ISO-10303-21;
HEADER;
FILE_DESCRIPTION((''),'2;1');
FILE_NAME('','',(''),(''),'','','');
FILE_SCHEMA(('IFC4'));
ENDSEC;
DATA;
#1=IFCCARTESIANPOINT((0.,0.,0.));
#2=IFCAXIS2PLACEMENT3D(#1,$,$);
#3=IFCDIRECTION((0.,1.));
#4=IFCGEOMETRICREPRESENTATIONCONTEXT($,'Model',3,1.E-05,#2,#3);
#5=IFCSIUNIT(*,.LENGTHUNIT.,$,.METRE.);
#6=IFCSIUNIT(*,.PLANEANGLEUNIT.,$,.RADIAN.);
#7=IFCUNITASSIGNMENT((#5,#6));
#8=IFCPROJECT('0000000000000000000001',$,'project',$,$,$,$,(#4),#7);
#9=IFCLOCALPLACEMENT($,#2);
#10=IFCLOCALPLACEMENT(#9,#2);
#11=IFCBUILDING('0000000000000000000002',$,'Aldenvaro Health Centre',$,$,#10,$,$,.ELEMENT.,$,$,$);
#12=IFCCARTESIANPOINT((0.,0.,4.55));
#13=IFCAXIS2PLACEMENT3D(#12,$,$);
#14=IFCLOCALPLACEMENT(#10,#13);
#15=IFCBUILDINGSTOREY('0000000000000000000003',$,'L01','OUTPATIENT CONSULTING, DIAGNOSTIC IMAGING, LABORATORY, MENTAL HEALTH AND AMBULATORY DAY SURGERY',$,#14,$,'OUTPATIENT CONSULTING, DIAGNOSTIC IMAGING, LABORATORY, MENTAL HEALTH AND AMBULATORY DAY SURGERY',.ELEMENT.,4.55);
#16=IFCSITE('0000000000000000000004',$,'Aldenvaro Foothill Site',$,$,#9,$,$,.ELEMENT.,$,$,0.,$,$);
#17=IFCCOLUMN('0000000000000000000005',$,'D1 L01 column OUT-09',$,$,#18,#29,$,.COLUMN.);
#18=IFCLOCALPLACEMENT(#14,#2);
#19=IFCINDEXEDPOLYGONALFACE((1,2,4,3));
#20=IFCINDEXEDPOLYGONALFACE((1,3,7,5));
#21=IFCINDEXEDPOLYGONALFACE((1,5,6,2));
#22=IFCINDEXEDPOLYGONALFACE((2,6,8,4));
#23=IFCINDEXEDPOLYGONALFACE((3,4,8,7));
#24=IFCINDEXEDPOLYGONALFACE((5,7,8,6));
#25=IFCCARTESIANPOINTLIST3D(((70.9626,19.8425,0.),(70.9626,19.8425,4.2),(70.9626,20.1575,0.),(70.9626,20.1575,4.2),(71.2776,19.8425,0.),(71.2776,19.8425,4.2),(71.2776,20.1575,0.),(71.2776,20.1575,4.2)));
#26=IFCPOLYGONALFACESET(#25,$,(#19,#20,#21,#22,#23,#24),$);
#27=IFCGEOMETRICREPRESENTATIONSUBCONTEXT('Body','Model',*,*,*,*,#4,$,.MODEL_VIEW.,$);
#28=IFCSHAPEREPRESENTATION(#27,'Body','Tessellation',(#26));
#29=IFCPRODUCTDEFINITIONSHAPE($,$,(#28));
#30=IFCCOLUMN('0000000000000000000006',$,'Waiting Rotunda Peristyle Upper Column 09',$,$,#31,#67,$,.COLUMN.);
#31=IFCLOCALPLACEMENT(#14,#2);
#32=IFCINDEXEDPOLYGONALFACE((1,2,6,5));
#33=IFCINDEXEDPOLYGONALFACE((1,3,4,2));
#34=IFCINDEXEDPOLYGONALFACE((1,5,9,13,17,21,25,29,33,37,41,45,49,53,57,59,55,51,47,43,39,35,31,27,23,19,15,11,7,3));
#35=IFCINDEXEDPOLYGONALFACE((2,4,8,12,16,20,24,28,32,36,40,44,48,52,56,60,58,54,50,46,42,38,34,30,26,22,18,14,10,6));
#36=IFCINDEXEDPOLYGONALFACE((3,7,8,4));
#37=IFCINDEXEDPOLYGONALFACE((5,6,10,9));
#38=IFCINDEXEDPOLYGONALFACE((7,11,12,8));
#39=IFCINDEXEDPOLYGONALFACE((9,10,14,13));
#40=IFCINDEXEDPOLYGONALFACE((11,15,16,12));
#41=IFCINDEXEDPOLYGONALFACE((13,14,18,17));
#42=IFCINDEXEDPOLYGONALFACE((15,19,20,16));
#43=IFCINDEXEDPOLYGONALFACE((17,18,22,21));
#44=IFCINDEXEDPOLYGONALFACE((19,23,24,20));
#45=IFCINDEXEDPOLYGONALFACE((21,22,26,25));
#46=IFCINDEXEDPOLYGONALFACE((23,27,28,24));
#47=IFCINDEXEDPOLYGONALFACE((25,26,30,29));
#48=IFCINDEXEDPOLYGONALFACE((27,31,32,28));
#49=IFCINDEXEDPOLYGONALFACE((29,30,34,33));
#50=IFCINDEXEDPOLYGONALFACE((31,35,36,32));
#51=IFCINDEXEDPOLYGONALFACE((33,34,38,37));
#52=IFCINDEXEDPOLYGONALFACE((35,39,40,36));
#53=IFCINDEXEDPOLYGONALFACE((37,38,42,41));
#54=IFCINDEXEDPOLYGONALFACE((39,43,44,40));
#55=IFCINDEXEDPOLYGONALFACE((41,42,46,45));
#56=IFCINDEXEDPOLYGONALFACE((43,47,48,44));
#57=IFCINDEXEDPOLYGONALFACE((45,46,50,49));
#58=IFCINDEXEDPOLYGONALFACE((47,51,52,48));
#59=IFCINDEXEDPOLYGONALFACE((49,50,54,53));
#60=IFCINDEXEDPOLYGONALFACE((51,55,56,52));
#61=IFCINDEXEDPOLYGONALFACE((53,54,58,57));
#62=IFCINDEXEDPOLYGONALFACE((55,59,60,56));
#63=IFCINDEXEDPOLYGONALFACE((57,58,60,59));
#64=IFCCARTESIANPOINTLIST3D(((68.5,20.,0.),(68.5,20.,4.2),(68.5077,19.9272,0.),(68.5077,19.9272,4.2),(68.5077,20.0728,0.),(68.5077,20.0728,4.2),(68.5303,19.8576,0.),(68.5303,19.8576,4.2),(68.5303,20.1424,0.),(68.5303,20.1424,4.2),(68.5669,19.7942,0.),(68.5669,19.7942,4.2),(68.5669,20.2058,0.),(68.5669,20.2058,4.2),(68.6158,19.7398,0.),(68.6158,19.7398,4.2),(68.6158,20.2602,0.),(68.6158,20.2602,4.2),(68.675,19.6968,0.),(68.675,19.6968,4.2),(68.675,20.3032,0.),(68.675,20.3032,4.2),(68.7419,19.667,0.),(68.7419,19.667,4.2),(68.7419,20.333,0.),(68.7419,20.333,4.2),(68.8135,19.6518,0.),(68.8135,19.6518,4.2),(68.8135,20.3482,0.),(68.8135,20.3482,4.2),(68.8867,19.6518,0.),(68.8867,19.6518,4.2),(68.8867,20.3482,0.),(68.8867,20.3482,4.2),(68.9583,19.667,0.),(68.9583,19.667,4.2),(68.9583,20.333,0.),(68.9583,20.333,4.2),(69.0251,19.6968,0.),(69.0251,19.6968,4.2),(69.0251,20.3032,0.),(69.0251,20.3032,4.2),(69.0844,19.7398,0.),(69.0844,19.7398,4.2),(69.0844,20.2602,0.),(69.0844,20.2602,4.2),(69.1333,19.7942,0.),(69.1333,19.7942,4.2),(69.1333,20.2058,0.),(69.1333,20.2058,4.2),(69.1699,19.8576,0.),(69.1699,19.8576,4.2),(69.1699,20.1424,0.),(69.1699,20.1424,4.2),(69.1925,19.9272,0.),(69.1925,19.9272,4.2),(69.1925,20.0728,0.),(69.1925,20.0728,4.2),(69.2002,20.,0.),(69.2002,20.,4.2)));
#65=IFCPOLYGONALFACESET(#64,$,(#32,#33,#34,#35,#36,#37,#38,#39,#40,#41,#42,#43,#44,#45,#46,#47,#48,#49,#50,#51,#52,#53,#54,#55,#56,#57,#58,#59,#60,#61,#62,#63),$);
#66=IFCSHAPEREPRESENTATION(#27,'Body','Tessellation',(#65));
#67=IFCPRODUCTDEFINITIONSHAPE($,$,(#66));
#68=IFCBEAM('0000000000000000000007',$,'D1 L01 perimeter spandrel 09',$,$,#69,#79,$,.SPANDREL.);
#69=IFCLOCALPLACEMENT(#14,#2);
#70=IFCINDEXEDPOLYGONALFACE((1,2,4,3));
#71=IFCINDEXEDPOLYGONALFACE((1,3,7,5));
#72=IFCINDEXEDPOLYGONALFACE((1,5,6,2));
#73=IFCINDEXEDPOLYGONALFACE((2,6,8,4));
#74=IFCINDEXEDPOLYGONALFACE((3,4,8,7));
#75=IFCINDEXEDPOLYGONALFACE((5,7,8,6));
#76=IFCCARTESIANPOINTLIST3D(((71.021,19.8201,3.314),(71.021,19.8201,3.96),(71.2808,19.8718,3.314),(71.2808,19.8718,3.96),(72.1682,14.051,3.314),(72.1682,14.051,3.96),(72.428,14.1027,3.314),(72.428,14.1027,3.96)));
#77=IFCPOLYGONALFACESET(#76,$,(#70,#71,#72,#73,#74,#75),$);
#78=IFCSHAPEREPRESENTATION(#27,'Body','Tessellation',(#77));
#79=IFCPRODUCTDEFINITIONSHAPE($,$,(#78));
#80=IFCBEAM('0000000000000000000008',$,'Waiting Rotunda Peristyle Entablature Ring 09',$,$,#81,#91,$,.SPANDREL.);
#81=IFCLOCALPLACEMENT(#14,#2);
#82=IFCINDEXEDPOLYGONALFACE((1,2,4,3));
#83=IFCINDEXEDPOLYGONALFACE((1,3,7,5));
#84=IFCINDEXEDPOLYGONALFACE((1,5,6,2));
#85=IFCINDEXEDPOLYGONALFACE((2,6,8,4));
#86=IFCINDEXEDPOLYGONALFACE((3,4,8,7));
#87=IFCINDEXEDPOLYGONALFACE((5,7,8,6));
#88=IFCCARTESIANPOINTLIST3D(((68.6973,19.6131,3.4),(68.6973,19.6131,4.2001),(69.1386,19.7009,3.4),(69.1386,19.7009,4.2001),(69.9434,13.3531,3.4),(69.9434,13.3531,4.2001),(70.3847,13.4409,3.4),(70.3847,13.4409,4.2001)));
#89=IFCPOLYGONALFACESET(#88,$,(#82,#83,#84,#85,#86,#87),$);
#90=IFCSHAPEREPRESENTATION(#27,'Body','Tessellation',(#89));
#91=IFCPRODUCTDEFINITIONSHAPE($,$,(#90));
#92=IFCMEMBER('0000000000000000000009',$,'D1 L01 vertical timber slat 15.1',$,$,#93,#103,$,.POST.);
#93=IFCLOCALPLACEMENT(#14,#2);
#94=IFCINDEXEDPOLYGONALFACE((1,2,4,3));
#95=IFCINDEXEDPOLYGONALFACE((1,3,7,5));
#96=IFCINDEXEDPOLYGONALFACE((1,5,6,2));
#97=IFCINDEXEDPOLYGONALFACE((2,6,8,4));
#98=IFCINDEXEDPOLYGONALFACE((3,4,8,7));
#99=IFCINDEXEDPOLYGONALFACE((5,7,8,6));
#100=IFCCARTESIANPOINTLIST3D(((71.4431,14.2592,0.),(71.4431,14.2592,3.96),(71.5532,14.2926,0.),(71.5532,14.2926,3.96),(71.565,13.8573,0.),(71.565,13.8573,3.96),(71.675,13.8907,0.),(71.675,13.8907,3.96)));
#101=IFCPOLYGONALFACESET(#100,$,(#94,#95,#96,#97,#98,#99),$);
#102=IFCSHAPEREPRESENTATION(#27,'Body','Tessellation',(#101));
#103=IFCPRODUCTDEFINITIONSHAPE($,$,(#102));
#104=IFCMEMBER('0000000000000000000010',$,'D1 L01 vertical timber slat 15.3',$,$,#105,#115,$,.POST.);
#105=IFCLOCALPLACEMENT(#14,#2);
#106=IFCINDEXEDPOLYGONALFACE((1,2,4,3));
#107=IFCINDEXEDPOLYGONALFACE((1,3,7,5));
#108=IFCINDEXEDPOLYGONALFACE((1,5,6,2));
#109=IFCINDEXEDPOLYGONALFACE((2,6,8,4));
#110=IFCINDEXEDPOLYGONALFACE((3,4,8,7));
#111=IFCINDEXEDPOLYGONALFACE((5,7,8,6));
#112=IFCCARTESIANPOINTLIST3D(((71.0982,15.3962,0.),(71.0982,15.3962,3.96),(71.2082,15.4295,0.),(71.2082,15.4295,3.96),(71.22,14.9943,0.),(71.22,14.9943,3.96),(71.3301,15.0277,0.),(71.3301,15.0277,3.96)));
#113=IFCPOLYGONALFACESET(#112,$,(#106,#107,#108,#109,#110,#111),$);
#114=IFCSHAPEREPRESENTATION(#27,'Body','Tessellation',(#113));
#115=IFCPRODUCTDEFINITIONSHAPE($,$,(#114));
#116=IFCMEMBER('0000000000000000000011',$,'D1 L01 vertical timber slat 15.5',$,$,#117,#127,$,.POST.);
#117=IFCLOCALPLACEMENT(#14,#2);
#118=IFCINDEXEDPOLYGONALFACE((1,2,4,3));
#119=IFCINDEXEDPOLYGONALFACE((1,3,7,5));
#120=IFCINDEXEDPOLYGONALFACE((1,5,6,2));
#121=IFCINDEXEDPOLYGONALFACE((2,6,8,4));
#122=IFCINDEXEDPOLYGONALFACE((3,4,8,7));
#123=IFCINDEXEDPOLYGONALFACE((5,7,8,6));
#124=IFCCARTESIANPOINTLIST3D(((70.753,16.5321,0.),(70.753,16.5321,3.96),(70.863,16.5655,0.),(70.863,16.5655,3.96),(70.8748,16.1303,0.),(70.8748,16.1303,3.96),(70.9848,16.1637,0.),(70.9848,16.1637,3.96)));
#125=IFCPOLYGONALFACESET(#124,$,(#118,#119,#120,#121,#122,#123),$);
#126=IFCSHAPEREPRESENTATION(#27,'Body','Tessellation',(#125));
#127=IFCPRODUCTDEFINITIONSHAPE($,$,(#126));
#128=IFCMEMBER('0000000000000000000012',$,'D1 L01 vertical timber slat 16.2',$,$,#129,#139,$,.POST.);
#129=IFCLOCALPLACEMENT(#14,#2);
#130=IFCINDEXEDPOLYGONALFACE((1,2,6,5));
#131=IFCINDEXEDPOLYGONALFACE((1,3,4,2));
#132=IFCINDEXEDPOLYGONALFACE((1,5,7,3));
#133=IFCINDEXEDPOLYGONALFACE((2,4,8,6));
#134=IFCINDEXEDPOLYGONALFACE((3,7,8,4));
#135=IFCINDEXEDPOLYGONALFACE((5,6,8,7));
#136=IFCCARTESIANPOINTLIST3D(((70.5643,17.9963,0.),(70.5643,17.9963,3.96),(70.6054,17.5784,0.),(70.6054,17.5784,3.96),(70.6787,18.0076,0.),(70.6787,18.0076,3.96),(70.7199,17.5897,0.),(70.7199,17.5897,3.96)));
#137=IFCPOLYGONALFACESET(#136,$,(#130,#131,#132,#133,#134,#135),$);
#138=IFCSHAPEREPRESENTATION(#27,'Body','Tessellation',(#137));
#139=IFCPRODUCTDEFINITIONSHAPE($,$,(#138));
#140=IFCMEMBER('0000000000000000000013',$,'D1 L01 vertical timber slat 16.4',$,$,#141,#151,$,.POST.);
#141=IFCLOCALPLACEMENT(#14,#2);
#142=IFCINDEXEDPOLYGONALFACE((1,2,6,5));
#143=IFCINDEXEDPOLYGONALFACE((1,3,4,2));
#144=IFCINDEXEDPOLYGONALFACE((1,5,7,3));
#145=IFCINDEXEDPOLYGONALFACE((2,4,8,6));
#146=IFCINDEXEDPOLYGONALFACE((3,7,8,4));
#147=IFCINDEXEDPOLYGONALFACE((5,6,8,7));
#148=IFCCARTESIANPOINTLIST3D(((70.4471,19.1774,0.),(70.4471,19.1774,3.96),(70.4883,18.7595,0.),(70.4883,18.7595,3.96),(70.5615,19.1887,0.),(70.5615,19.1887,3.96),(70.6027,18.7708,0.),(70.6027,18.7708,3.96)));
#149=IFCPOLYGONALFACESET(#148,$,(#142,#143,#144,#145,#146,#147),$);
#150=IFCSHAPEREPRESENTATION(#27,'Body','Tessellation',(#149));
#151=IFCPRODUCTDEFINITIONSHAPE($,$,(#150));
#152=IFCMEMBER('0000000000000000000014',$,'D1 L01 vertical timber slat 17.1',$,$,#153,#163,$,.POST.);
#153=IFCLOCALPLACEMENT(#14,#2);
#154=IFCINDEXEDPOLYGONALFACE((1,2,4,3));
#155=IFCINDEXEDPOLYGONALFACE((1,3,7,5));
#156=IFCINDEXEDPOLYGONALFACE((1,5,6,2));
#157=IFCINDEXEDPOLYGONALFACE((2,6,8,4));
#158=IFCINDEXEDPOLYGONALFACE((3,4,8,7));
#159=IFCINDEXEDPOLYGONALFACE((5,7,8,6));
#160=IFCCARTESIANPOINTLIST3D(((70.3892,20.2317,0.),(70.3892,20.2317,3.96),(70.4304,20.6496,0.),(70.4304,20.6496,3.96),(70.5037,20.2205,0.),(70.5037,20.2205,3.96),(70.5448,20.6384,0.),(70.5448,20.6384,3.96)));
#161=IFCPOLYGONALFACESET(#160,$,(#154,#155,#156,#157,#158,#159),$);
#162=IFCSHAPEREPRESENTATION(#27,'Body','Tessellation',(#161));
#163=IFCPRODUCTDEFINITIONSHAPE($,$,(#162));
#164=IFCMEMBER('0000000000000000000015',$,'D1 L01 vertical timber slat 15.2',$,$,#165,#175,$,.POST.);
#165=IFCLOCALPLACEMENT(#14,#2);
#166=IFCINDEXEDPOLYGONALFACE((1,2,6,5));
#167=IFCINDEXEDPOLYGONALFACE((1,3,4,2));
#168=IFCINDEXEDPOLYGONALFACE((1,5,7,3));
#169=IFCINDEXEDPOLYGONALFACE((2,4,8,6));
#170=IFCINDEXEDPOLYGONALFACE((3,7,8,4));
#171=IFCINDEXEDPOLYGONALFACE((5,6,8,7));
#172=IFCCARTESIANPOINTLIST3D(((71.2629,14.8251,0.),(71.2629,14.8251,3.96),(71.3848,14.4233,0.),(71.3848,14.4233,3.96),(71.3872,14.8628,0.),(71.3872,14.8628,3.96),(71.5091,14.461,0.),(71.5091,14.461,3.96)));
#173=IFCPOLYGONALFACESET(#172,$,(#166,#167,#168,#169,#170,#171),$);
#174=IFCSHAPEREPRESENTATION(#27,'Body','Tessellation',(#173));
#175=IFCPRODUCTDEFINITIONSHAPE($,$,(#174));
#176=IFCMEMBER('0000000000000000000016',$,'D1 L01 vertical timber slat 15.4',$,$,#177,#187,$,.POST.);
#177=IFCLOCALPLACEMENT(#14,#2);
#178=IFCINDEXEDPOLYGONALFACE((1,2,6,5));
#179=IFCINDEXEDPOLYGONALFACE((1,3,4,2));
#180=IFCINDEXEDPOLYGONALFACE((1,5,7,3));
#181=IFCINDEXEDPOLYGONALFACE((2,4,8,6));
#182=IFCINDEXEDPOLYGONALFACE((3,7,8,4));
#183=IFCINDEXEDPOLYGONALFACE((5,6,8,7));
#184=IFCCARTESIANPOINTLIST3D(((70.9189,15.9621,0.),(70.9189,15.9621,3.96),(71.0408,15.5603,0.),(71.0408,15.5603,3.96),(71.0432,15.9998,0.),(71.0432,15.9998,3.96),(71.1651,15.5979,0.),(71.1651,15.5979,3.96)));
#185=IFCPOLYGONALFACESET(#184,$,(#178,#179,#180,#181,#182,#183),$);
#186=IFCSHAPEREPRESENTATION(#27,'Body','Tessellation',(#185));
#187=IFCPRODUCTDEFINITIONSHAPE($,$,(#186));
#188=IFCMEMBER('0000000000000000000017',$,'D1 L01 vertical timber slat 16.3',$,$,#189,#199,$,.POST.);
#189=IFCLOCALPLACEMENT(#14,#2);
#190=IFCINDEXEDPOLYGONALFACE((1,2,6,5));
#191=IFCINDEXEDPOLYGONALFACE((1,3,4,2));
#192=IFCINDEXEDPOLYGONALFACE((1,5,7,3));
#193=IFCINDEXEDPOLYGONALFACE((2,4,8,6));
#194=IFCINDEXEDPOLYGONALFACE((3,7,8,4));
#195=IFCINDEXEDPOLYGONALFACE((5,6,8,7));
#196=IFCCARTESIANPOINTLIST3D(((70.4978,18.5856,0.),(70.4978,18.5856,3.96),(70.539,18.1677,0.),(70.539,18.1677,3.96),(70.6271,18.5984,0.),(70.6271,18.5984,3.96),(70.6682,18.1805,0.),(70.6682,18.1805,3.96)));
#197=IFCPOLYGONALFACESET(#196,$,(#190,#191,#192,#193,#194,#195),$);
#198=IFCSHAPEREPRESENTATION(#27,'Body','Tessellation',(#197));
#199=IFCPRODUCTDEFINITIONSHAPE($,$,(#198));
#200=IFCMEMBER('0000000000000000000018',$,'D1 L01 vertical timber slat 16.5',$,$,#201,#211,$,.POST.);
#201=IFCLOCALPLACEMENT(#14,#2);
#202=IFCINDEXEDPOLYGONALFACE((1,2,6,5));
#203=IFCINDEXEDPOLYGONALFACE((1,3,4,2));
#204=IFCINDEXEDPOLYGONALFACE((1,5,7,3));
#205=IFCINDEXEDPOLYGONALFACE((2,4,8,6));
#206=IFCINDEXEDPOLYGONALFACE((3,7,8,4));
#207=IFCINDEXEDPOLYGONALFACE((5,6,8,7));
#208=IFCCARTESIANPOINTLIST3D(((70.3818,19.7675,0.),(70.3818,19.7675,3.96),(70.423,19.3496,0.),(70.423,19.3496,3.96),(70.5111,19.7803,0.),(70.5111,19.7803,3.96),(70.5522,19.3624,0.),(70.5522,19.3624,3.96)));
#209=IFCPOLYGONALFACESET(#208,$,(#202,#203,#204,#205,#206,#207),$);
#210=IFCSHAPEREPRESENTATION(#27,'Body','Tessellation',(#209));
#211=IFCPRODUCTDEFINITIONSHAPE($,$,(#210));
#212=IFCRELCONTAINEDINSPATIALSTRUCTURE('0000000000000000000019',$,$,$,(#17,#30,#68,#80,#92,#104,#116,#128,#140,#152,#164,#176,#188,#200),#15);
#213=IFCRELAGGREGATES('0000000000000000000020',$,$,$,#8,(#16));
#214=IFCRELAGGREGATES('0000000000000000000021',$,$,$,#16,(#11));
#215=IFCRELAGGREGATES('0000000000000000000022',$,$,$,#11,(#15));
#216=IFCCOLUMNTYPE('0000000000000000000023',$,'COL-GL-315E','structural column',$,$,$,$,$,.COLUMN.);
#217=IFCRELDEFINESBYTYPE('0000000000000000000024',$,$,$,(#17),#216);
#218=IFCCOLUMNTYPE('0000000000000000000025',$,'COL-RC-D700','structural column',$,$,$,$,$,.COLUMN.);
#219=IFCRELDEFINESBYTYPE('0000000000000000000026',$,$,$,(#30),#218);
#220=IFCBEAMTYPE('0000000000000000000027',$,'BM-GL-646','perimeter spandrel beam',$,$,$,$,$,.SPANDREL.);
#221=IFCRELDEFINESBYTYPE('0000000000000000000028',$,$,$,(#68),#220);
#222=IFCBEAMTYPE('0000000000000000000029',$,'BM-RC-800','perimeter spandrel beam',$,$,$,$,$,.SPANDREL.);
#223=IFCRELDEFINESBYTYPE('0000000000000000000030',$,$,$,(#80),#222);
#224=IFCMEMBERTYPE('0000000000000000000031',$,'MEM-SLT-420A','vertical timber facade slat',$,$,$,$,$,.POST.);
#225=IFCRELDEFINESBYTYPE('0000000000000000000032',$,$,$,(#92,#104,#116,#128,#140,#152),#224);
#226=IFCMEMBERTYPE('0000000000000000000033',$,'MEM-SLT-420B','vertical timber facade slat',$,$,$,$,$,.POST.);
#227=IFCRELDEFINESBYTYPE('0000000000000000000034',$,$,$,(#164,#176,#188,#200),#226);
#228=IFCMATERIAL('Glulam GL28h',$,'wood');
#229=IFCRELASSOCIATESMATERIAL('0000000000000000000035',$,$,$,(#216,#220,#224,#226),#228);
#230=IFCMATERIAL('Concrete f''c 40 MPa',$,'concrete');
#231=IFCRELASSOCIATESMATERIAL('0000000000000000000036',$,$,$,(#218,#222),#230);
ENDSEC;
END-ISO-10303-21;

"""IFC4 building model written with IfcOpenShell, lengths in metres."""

from ifc_helpers import new_model, si_unit, direction, frame, origin, origin_2d, place, context, subcontext, project, spatial, rectangle, circle, extrude, material, material_profile, profile_set, type_object, element, save


model = new_model("IFC4")

# Units and contexts
model_context = context("Model", 3, precision=1e-05, world=origin(), true_north=direction((0.0, 1.0)))
body_context = subcontext(model_context, "Body", "Model", "MODEL_VIEW")
ifc_project = project(units=[si_unit("LENGTHUNIT", "METRE"), si_unit("PLANEANGLEUNIT", "RADIAN")], contexts=[model_context])

# Site, building, storey
site_placement = place(None, origin())
site = spatial("IfcSite", under=ifc_project, at=site_placement, Name="Aldenvaro Foothill Site", CompositionType="ELEMENT", RefElevation=0.0)
building_placement = place(site_placement, origin())
building = spatial("IfcBuilding", under=site, at=building_placement, Name="Aldenvaro Health Centre", CompositionType="ELEMENT")
storey_placement = place(building_placement, frame((0.0, 0.0, 4.55)))
storey = spatial("IfcBuildingStorey", under=building, at=storey_placement, Name="L01", Description="OUTPATIENT CONSULTING, DIAGNOSTIC IMAGING, LABORATORY, MENTAL HEALTH AND AMBULATORY DAY SURGERY", LongName="OUTPATIENT CONSULTING, DIAGNOSTIC IMAGING, LABORATORY, MENTAL HEALTH AND AMBULATORY DAY SURGERY", CompositionType="ELEMENT", Elevation=4.55)

# Columns
ifc_material_1 = material(Name="Glulam GL28h", Category="wood")
ifc_material_profile_1 = material_profile(ifc_material_1, rectangle(XDim=0.3149, YDim=0.3149, at=origin_2d()), Name="GL 315x315", Category="wood")
ifc_profile_set_1 = profile_set([ifc_material_profile_1], Name="Glulam GL28h")
column_type_1 = type_object("IfcColumnType", Name="COL-GL-315E", Description="structural column", PredefinedType="COLUMN", material=ifc_profile_set_1)
column_1_placement = place(storey_placement, frame((71.1201, 20.0, 0.0), z_axis=(0.0, 0.0, 1.0), x_axis=(1.0, 0.0, 0.0)))
element("IfcColumn", 1, at=column_1_placement, inside=storey, type_object=column_type_1, Name="D1 L01 column OUT-09", PredefinedType="COLUMN", context=body_context, shape_type="SweptSolid", body=[
    extrude(rectangle(XDim=0.3149, YDim=0.3149, at=origin_2d()), origin(), (0.0, 0.0, 1.0), 4.2),
])
ifc_material_2 = material(Name="Concrete f'c 40 MPa", Category="concrete")
ifc_material_profile_2 = material_profile(ifc_material_2, circle(Radius=0.3501, at=origin_2d()), Name="RC D700", Category="concrete")
ifc_profile_set_2 = profile_set([ifc_material_profile_2], Name="Concrete f'c 40 MPa")
column_type_2 = type_object("IfcColumnType", Name="COL-RC-D700", Description="structural column", PredefinedType="COLUMN", material=ifc_profile_set_2)
column_2_placement = place(storey_placement, frame((68.8501, 20.0, 0.0), z_axis=(0.0, 0.0, 1.0), x_axis=(1.0, 0.0, 0.0)))
element("IfcColumn", 2, at=column_2_placement, inside=storey, type_object=column_type_2, Name="Waiting Rotunda Peristyle Upper Column 09", PredefinedType="COLUMN", context=body_context, shape_type="SweptSolid", body=[
    extrude(circle(Radius=0.3501, at=origin_2d()), origin(), (0.0, 0.0, 1.0), 4.2),
])

# Beams
ifc_material_profile_3 = material_profile(ifc_material_1, rectangle(XDim=0.2649, YDim=0.646, at=origin_2d()), Name="GL 265x646", Category="wood")
ifc_profile_set_3 = profile_set([ifc_material_profile_3], Name="Glulam GL28h")
beam_type_1 = type_object("IfcBeamType", Name="BM-GL-646", Description="perimeter spandrel beam", PredefinedType="SPANDREL", material=ifc_profile_set_3)
beam_1_placement = place(storey_placement, frame((71.1509, 19.8459, 3.637), z_axis=(0.195038, -0.980796, 0.0), x_axis=(0.980796, 0.195038, 0.0)))
element("IfcBeam", 3, at=beam_1_placement, inside=storey, type_object=beam_type_1, Name="D1 L01 perimeter spandrel 09", PredefinedType="SPANDREL", context=body_context, shape_type="SweptSolid", body=[
    extrude(rectangle(XDim=0.2649, YDim=0.646, at=origin_2d()), origin(), (0.0, 0.0, 1.0), 5.8821),
])
ifc_material_profile_4 = material_profile(ifc_material_2, rectangle(XDim=0.45, YDim=0.8, at=origin_2d()), Name="RC 450x800", Category="concrete")
ifc_profile_set_4 = profile_set([ifc_material_profile_4], Name="Concrete f'c 40 MPa")
beam_type_2 = type_object("IfcBeamType", Name="BM-RC-800", Description="perimeter spandrel beam", PredefinedType="SPANDREL", material=ifc_profile_set_4)
beam_2_placement = place(storey_placement, frame((68.918, 19.657, 3.8), z_axis=(0.195226, -0.980758, 0.0), x_axis=(0.980758, 0.195226, 0.0)))
element("IfcBeam", 4, at=beam_2_placement, inside=storey, type_object=beam_type_2, Name="Waiting Rotunda Peristyle Entablature Ring 09", PredefinedType="SPANDREL", context=body_context, shape_type="SweptSolid", body=[
    extrude(rectangle(XDim=0.45, YDim=0.8, at=origin_2d()), origin(), (0.0, 0.0, 1.0), 6.3828),
])

# Members
ifc_material_profile_5 = material_profile(ifc_material_1, rectangle(XDim=0.115, YDim=0.4199, at=origin_2d()), Name="GL 115x420", Category="wood")
ifc_profile_set_5 = profile_set([ifc_material_profile_5], Name="Glulam GL28h")
member_type_1 = type_object("IfcMemberType", Name="MEM-SLT-420A", Description="vertical timber facade slat", PredefinedType="POST", material=ifc_profile_set_5)
for number, where, z_axis, x_axis, name in (
    (5, (71.5591, 14.075, 0.0), (0.0, 0.0, 1.0), (-0.956975, -0.290171, 0.0), "D1 L01 vertical timber slat 15.1"),
    (6, (71.2141, 15.2119, 0.0), (0.0, 0.0, 1.0), (-0.956975, -0.290171, 0.0), "D1 L01 vertical timber slat 15.3"),
    (7, (70.8689, 16.3479, 0.0), (0.0, 0.0, 1.0), (-0.956975, -0.290171, 0.0), "D1 L01 vertical timber slat 15.5"),
    (8, (70.6421, 17.793, 0.0), (0.0, 0.0, 1.0), (-0.995187, -0.097994, 0.0), "D1 L01 vertical timber slat 16.2"),
    (9, (70.5249, 18.9741, 0.0), (0.0, 0.0, 1.0), (-0.995187, -0.097994, 0.0), "D1 L01 vertical timber slat 16.4"),
    (10, (70.467, 20.4351, 0.0), (0.0, 0.0, 1.0), (-0.995187, 0.097994, 0.0), "D1 L01 vertical timber slat 17.1"),
):
    element("IfcMember", number, at=place(storey_placement, frame(where, z_axis=z_axis, x_axis=x_axis)), inside=storey, type_object=member_type_1, Name=name, PredefinedType="POST", context=body_context, shape_type="SweptSolid", body=[
        extrude(rectangle(XDim=0.115, YDim=0.4199, at=origin_2d()), origin(), (0.0, 0.0, 1.0), 3.96),
    ])
ifc_material_profile_6 = material_profile(ifc_material_1, rectangle(XDim=0.1299, YDim=0.4199, at=origin_2d()), Name="GL 130x420", Category="wood")
ifc_profile_set_6 = profile_set([ifc_material_profile_6], Name="Glulam GL28h")
member_type_2 = type_object("IfcMemberType", Name="MEM-SLT-420B", Description="vertical timber facade slat", PredefinedType="POST", material=ifc_profile_set_6)
for number, where, z_axis, x_axis, name in (
    (11, (71.386, 14.6431, 0.0), (0.0, 0.0, 1.0), (-0.956975, -0.290171, 0.0), "D1 L01 vertical timber slat 15.2"),
    (12, (71.042, 15.78, 0.0), (0.0, 0.0, 1.0), (-0.956975, -0.290171, 0.0), "D1 L01 vertical timber slat 15.4"),
    (13, (70.583, 18.3831, 0.0), (0.0, 0.0, 1.0), (-0.995187, -0.097994, 0.0), "D1 L01 vertical timber slat 16.3"),
    (14, (70.467, 19.5649, 0.0), (0.0, 0.0, 1.0), (-0.995187, -0.097994, 0.0), "D1 L01 vertical timber slat 16.5"),
):
    element("IfcMember", number, at=place(storey_placement, frame(where, z_axis=z_axis, x_axis=x_axis)), inside=storey, type_object=member_type_2, Name=name, PredefinedType="POST", context=body_context, shape_type="SweptSolid", body=[
        extrude(rectangle(XDim=0.1299, YDim=0.4199, at=origin_2d()), origin(), (0.0, 0.0, 1.0), 3.96),
    ])

save(model, "model.ifc")
